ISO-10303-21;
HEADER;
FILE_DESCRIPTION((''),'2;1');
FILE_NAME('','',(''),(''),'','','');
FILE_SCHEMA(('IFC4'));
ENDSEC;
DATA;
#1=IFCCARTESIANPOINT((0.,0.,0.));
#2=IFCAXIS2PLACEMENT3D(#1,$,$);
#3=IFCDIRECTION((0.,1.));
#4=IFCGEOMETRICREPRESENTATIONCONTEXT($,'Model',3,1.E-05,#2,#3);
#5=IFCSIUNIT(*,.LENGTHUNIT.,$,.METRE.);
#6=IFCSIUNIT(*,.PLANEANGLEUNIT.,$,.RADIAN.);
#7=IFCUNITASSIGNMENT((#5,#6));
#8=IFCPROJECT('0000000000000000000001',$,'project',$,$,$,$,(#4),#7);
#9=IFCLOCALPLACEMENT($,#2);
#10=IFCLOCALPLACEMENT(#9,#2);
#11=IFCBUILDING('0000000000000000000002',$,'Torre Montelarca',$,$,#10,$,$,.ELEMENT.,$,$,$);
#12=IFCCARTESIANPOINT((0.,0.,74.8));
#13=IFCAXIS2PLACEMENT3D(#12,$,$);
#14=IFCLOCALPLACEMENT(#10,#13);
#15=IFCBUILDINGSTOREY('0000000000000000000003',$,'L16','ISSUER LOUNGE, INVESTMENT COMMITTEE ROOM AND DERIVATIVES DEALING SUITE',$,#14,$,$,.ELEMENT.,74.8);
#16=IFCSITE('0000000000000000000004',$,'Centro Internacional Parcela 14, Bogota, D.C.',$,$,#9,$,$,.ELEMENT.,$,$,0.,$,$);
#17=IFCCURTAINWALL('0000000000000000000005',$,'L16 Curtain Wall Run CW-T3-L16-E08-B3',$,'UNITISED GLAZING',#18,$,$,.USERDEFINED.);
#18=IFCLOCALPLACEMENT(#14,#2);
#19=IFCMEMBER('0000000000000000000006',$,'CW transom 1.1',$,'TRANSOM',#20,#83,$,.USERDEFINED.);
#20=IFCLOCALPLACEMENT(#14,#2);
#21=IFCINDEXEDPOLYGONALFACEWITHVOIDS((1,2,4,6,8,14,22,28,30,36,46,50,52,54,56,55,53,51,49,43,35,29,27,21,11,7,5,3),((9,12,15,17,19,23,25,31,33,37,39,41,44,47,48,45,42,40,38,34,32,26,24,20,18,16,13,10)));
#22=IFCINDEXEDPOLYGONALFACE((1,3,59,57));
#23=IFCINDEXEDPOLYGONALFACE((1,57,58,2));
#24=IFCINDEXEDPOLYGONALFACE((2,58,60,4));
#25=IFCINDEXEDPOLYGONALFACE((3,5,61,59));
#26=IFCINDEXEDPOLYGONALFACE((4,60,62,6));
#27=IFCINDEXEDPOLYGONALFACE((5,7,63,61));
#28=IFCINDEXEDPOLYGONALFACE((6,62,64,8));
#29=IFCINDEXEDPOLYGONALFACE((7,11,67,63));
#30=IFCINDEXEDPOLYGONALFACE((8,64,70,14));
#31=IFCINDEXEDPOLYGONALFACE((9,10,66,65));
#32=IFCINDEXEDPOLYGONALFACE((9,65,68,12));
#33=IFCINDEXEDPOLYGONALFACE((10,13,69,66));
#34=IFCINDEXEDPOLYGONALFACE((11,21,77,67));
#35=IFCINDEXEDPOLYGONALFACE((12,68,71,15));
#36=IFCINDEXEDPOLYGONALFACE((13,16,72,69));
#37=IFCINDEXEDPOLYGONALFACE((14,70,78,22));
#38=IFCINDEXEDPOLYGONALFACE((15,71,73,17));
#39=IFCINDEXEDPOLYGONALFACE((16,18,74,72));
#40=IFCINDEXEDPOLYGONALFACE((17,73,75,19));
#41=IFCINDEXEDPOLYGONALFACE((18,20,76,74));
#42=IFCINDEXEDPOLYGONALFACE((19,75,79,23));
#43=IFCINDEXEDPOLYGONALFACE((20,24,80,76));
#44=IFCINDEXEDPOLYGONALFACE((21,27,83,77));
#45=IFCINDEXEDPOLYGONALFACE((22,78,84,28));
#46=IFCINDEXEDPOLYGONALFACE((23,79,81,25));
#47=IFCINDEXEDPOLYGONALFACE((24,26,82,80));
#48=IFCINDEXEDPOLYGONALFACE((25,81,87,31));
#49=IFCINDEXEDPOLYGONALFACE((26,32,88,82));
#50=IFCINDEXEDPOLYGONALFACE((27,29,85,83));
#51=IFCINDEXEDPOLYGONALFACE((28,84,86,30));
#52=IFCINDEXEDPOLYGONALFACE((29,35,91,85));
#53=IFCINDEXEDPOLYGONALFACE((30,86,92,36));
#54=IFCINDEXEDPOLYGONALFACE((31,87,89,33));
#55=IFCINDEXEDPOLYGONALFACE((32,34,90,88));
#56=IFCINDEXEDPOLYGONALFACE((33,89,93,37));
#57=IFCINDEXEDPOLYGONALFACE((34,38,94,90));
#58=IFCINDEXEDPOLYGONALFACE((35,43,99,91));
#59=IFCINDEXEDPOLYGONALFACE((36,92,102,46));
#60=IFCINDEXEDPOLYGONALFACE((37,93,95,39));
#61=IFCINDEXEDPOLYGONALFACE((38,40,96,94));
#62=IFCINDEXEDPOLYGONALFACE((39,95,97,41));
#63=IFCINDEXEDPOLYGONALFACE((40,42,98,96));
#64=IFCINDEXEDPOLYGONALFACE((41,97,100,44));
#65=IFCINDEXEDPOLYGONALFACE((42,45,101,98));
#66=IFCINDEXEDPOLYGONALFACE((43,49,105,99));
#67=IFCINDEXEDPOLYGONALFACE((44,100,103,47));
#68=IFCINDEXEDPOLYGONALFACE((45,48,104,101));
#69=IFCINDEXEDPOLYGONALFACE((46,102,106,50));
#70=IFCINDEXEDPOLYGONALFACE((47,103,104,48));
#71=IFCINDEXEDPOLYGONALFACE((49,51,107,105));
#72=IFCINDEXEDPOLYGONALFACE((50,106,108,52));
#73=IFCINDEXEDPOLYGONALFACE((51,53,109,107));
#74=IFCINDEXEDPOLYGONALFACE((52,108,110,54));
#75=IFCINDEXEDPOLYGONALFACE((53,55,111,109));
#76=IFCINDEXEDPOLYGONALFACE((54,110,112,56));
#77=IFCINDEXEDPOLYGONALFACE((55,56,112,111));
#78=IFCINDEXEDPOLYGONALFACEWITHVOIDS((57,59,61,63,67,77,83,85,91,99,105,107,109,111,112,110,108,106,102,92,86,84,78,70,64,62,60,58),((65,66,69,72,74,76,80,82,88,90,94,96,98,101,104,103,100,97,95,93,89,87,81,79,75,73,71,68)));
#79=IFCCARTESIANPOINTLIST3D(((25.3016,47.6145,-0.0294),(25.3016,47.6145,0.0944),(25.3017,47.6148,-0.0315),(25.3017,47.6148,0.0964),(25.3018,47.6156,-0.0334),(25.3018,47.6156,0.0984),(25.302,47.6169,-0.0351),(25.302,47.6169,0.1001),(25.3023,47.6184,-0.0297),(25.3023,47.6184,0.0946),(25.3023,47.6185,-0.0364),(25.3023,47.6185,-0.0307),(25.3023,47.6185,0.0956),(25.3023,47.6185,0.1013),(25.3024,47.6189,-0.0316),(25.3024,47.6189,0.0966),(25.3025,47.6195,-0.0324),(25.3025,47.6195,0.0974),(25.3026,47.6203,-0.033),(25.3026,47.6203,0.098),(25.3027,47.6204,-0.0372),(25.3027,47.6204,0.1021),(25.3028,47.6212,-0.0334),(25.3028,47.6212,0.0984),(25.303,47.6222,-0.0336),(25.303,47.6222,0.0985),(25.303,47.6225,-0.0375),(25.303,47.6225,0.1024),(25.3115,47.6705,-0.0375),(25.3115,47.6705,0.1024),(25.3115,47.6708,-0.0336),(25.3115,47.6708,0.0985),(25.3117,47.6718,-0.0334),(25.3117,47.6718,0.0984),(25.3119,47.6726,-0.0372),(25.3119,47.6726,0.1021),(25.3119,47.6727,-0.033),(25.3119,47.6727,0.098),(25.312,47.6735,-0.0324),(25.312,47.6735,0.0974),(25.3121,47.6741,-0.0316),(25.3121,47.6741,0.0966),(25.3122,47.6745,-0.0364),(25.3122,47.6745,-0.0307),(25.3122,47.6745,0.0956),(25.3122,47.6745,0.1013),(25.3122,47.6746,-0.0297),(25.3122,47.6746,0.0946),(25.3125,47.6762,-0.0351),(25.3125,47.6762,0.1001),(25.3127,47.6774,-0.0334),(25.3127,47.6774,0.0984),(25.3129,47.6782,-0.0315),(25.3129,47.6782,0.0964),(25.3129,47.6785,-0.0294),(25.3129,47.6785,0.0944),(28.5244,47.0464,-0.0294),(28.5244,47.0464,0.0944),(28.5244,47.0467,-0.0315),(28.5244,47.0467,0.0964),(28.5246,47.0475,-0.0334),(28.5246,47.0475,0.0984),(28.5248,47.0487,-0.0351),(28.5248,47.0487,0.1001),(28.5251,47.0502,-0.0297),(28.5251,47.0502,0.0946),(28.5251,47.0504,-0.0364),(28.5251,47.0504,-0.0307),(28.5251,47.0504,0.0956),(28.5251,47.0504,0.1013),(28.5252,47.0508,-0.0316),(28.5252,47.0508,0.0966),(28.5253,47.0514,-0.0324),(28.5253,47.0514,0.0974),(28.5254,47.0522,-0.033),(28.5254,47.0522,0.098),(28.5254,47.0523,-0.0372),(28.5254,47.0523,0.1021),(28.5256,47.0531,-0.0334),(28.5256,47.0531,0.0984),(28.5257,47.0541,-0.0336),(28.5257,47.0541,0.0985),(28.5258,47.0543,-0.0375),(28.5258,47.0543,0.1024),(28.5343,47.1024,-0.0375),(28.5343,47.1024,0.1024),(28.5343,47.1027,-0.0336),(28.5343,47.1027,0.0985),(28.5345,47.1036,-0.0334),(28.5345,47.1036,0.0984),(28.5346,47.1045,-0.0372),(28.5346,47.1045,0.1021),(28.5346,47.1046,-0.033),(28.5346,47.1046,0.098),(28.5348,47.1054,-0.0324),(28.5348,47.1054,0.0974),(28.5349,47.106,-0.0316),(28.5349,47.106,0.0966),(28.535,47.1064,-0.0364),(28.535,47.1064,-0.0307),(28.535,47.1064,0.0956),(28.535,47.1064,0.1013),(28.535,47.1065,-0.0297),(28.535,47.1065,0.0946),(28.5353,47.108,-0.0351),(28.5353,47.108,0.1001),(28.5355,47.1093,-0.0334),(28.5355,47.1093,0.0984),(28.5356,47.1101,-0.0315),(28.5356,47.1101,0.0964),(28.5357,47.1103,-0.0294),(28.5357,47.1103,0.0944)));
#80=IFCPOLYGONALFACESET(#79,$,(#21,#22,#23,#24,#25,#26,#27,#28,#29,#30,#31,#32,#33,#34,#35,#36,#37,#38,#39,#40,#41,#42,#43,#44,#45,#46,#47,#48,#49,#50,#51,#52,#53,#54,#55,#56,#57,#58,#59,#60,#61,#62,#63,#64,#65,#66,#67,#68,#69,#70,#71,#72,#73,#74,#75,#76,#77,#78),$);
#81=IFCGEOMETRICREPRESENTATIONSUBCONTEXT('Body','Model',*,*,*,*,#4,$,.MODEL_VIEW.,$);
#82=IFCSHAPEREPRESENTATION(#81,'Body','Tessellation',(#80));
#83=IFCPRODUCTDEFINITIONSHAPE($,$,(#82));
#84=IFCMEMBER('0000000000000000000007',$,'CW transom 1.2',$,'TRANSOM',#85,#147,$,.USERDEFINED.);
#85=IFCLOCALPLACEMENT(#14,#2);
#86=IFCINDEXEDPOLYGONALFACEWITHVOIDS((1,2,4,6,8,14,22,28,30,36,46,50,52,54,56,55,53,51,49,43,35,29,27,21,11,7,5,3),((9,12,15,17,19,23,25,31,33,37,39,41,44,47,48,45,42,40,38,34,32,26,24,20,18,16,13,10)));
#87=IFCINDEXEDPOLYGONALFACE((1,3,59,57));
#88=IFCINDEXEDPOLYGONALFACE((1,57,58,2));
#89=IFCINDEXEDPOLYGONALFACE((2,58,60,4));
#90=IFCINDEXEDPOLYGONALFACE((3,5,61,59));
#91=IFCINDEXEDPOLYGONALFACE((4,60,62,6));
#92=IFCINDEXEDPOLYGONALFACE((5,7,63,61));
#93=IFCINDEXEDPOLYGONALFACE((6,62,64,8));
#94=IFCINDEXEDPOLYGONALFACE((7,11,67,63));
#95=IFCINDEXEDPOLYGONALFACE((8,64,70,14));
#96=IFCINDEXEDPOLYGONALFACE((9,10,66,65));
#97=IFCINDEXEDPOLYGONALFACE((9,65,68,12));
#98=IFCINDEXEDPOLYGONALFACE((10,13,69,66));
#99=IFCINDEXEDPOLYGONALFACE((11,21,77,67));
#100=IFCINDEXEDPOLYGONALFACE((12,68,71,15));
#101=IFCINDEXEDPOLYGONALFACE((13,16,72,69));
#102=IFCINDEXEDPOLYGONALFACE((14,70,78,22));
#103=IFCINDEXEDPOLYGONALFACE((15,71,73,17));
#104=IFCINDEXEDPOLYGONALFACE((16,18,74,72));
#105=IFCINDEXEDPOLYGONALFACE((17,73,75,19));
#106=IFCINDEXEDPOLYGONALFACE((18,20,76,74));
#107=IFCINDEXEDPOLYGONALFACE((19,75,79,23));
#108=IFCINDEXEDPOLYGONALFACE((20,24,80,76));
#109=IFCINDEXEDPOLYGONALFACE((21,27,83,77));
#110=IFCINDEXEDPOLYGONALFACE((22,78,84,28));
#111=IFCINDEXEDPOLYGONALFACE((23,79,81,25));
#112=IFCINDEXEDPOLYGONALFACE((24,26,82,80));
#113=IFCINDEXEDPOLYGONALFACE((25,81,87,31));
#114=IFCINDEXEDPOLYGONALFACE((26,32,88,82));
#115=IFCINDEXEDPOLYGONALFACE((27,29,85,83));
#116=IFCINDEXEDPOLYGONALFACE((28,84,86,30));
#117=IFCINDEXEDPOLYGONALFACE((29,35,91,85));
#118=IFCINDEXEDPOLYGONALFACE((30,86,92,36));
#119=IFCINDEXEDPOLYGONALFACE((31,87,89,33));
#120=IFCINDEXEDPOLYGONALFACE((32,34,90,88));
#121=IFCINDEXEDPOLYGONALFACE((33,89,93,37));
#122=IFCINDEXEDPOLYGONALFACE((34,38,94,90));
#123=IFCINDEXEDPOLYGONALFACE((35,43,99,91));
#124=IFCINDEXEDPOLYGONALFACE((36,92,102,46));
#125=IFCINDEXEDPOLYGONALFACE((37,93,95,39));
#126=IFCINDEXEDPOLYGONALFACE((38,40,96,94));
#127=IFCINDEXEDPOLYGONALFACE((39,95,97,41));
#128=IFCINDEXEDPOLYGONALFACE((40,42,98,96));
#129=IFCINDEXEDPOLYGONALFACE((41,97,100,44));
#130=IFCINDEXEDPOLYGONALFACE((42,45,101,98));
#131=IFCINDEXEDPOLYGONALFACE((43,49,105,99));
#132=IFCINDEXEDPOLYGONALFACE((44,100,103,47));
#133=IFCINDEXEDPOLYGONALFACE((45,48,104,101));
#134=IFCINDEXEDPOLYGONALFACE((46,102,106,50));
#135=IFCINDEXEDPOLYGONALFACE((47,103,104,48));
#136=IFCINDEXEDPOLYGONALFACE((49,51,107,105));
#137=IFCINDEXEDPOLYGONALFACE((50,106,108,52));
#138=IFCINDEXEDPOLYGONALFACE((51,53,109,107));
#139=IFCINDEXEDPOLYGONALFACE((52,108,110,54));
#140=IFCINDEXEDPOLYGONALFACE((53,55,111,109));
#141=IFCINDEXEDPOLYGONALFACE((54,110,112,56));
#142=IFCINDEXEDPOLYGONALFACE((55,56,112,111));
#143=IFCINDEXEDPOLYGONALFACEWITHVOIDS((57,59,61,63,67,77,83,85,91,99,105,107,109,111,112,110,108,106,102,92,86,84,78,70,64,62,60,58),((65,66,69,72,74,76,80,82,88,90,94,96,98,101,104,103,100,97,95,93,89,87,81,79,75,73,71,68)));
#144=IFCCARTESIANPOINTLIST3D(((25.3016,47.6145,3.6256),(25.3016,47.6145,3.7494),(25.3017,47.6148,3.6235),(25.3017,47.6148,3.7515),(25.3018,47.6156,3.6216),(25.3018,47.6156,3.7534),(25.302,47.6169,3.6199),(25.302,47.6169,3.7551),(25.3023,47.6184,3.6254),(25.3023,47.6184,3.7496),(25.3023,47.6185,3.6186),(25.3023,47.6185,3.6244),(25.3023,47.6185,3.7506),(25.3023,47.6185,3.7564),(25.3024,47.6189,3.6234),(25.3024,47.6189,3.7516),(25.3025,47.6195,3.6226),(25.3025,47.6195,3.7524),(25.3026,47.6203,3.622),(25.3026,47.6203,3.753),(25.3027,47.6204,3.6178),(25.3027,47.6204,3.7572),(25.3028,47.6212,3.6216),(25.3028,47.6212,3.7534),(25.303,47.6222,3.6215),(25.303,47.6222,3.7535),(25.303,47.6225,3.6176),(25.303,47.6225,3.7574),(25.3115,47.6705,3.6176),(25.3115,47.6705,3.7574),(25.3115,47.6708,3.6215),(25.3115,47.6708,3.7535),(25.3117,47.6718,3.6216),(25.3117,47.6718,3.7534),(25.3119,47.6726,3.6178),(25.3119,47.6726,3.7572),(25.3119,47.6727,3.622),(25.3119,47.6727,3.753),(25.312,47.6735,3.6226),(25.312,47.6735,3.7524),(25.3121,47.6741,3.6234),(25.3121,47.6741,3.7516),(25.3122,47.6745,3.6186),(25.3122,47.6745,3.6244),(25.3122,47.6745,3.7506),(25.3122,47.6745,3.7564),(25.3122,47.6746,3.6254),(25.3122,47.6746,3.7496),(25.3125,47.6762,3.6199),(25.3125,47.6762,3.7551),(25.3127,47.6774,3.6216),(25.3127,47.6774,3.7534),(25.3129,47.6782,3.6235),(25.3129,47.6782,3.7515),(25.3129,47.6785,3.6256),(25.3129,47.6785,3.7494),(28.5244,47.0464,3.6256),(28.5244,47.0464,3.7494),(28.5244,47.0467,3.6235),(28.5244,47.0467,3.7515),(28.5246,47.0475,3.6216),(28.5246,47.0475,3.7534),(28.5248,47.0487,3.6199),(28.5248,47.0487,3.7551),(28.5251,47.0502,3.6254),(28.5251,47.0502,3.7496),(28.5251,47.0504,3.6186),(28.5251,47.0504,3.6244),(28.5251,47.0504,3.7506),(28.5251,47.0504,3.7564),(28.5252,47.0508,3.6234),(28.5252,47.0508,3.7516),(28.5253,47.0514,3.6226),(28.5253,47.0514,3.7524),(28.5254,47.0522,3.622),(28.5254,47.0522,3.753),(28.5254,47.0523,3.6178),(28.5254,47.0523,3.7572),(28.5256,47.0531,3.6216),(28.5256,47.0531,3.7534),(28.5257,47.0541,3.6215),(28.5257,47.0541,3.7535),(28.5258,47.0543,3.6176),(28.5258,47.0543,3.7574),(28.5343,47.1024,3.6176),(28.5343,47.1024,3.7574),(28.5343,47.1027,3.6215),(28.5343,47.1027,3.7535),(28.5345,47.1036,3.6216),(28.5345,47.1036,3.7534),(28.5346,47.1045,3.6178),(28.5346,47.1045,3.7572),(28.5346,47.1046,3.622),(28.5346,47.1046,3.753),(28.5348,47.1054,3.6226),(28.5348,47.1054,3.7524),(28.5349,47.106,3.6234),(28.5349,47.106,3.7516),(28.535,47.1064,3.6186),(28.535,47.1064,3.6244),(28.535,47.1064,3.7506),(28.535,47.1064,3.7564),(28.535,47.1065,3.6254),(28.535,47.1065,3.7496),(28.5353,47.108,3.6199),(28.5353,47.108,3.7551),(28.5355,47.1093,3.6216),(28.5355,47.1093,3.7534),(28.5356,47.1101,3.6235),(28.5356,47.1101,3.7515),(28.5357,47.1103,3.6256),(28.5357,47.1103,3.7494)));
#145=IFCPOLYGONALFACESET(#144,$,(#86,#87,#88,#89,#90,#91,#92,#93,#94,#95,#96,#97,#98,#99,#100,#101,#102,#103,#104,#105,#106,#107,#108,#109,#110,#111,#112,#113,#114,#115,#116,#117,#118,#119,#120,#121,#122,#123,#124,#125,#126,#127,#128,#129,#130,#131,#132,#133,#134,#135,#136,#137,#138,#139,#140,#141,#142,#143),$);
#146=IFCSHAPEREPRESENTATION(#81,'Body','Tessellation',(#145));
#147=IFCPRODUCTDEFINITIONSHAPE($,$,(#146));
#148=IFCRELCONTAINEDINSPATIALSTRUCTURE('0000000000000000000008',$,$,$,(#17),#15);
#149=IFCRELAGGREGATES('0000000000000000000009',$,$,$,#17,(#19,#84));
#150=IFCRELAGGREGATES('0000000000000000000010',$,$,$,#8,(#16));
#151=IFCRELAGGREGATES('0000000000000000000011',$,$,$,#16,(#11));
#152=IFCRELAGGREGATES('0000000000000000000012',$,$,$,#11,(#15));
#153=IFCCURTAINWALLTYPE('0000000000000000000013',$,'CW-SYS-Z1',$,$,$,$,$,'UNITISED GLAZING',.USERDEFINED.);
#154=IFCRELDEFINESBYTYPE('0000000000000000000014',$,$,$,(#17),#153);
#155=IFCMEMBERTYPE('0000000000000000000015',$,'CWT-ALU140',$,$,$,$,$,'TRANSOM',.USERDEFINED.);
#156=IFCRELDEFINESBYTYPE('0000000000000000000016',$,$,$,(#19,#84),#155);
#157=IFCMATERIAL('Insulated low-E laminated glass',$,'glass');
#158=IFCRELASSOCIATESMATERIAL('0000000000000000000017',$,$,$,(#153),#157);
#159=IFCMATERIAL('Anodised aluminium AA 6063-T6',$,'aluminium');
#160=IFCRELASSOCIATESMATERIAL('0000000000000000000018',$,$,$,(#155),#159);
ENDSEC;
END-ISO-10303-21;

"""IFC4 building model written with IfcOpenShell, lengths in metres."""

from ifc_helpers import new_model, si_unit, direction, frame, origin, origin_2d, place, context, subcontext, project, spatial, hollow_rectangle, extrude, source, transform, mapped, material, material_profile, profile_set, type_object, element, aggregate, save


model = new_model("IFC4")

# Units and contexts
model_context = context("Model", 3, precision=1e-05, world=origin(), true_north=direction((0.0, 1.0)))
body_context = subcontext(model_context, "Body", "Model", "MODEL_VIEW")
ifc_project = project(units=[si_unit("LENGTHUNIT", "METRE"), si_unit("PLANEANGLEUNIT", "RADIAN")], contexts=[model_context])

# Site, building, storey
site_placement = place(None, origin())
site = spatial("IfcSite", under=ifc_project, at=site_placement, Name="Centro Internacional Parcela 14, Bogota, D.C.", CompositionType="ELEMENT", RefElevation=0.0)
building_placement = place(site_placement, origin())
building = spatial("IfcBuilding", under=site, at=building_placement, Name="Torre Montelarca", CompositionType="ELEMENT")
storey_placement = place(building_placement, frame((0.0, 0.0, 74.8)))
storey = spatial("IfcBuildingStorey", under=building, at=storey_placement, Name="L16", Description="ISSUER LOUNGE, INVESTMENT COMMITTEE ROOM AND DERIVATIVES DEALING SUITE", CompositionType="ELEMENT", Elevation=74.8)

# Curtain wall
ifc_material_1 = material(Name="Insulated low-E laminated glass", Category="glass")
curtain_wall_type = type_object("IfcCurtainWallType", Name="CW-SYS-Z1", ElementType="UNITISED GLAZING", PredefinedType="USERDEFINED", material=ifc_material_1)
ifc_material_2 = material(Name="Anodised aluminium AA 6063-T6", Category="aluminium")
ifc_material_profile_1 = material_profile(ifc_material_2, hollow_rectangle(XDim=0.0649, YDim=0.1399, WallThickness=0.0039, InnerFilletRadius=0.0039, OuterFilletRadius=0.0081, at=origin_2d()), Name="ALU65X140X4", Category="aluminium")
ifc_profile_set_1 = profile_set([ifc_material_profile_1], Name="Anodised aluminium AA 6063-T6")
member_type_1 = type_object("IfcMemberType", Name="CWT-ALU140", ElementType="TRANSOM", PredefinedType="USERDEFINED", material=ifc_profile_set_1)
curtain_wall_1_placement = place(storey_placement, origin())
curtain_wall_1 = element("IfcCurtainWall", 1, at=curtain_wall_1_placement, inside=storey, type_object=curtain_wall_type, Name="L16 Curtain Wall Run CW-T3-L16-E08-B3", ObjectType="UNITISED GLAZING", PredefinedType="USERDEFINED")

# Members
shared_shape_1 = source(origin(), body_context, "Body", "SweptSolid", [
    extrude(hollow_rectangle(XDim=0.0649, YDim=0.1399, WallThickness=0.0039, InnerFilletRadius=0.0039, OuterFilletRadius=0.0081, at=origin_2d()), origin(), (0.0, 0.0, 1.0), 3.2725),
])
member_1_placement = place(storey_placement, frame((28.53, 47.0784, 0.0325), z_axis=(-0.984814, 0.173611, 0.0), x_axis=(-0.173611, -0.984814, 0.0)))
member_1 = element("IfcMember", 2, at=member_1_placement, type_object=member_type_1, Name="CW transom 1.1", ObjectType="TRANSOM", PredefinedType="USERDEFINED", context=body_context, shape_type="MappedRepresentation", body=[
    mapped(shared_shape_1, transform((0.0, 0.0, 0.0), scale=1.0)),
])
member_2_placement = place(storey_placement, frame((28.53, 47.0784, 3.6875), z_axis=(-0.984814, 0.173611, 0.0), x_axis=(-0.173611, -0.984814, 0.0)))
member_2 = element("IfcMember", 3, at=member_2_placement, type_object=member_type_1, Name="CW transom 1.2", ObjectType="TRANSOM", PredefinedType="USERDEFINED", context=body_context, shape_type="MappedRepresentation", body=[
    mapped(shared_shape_1, transform((0.0, 0.0, 0.0), scale=1.0)),
])

aggregate(curtain_wall_1, [member_1, member_2])

save(model, "model.ifc")
